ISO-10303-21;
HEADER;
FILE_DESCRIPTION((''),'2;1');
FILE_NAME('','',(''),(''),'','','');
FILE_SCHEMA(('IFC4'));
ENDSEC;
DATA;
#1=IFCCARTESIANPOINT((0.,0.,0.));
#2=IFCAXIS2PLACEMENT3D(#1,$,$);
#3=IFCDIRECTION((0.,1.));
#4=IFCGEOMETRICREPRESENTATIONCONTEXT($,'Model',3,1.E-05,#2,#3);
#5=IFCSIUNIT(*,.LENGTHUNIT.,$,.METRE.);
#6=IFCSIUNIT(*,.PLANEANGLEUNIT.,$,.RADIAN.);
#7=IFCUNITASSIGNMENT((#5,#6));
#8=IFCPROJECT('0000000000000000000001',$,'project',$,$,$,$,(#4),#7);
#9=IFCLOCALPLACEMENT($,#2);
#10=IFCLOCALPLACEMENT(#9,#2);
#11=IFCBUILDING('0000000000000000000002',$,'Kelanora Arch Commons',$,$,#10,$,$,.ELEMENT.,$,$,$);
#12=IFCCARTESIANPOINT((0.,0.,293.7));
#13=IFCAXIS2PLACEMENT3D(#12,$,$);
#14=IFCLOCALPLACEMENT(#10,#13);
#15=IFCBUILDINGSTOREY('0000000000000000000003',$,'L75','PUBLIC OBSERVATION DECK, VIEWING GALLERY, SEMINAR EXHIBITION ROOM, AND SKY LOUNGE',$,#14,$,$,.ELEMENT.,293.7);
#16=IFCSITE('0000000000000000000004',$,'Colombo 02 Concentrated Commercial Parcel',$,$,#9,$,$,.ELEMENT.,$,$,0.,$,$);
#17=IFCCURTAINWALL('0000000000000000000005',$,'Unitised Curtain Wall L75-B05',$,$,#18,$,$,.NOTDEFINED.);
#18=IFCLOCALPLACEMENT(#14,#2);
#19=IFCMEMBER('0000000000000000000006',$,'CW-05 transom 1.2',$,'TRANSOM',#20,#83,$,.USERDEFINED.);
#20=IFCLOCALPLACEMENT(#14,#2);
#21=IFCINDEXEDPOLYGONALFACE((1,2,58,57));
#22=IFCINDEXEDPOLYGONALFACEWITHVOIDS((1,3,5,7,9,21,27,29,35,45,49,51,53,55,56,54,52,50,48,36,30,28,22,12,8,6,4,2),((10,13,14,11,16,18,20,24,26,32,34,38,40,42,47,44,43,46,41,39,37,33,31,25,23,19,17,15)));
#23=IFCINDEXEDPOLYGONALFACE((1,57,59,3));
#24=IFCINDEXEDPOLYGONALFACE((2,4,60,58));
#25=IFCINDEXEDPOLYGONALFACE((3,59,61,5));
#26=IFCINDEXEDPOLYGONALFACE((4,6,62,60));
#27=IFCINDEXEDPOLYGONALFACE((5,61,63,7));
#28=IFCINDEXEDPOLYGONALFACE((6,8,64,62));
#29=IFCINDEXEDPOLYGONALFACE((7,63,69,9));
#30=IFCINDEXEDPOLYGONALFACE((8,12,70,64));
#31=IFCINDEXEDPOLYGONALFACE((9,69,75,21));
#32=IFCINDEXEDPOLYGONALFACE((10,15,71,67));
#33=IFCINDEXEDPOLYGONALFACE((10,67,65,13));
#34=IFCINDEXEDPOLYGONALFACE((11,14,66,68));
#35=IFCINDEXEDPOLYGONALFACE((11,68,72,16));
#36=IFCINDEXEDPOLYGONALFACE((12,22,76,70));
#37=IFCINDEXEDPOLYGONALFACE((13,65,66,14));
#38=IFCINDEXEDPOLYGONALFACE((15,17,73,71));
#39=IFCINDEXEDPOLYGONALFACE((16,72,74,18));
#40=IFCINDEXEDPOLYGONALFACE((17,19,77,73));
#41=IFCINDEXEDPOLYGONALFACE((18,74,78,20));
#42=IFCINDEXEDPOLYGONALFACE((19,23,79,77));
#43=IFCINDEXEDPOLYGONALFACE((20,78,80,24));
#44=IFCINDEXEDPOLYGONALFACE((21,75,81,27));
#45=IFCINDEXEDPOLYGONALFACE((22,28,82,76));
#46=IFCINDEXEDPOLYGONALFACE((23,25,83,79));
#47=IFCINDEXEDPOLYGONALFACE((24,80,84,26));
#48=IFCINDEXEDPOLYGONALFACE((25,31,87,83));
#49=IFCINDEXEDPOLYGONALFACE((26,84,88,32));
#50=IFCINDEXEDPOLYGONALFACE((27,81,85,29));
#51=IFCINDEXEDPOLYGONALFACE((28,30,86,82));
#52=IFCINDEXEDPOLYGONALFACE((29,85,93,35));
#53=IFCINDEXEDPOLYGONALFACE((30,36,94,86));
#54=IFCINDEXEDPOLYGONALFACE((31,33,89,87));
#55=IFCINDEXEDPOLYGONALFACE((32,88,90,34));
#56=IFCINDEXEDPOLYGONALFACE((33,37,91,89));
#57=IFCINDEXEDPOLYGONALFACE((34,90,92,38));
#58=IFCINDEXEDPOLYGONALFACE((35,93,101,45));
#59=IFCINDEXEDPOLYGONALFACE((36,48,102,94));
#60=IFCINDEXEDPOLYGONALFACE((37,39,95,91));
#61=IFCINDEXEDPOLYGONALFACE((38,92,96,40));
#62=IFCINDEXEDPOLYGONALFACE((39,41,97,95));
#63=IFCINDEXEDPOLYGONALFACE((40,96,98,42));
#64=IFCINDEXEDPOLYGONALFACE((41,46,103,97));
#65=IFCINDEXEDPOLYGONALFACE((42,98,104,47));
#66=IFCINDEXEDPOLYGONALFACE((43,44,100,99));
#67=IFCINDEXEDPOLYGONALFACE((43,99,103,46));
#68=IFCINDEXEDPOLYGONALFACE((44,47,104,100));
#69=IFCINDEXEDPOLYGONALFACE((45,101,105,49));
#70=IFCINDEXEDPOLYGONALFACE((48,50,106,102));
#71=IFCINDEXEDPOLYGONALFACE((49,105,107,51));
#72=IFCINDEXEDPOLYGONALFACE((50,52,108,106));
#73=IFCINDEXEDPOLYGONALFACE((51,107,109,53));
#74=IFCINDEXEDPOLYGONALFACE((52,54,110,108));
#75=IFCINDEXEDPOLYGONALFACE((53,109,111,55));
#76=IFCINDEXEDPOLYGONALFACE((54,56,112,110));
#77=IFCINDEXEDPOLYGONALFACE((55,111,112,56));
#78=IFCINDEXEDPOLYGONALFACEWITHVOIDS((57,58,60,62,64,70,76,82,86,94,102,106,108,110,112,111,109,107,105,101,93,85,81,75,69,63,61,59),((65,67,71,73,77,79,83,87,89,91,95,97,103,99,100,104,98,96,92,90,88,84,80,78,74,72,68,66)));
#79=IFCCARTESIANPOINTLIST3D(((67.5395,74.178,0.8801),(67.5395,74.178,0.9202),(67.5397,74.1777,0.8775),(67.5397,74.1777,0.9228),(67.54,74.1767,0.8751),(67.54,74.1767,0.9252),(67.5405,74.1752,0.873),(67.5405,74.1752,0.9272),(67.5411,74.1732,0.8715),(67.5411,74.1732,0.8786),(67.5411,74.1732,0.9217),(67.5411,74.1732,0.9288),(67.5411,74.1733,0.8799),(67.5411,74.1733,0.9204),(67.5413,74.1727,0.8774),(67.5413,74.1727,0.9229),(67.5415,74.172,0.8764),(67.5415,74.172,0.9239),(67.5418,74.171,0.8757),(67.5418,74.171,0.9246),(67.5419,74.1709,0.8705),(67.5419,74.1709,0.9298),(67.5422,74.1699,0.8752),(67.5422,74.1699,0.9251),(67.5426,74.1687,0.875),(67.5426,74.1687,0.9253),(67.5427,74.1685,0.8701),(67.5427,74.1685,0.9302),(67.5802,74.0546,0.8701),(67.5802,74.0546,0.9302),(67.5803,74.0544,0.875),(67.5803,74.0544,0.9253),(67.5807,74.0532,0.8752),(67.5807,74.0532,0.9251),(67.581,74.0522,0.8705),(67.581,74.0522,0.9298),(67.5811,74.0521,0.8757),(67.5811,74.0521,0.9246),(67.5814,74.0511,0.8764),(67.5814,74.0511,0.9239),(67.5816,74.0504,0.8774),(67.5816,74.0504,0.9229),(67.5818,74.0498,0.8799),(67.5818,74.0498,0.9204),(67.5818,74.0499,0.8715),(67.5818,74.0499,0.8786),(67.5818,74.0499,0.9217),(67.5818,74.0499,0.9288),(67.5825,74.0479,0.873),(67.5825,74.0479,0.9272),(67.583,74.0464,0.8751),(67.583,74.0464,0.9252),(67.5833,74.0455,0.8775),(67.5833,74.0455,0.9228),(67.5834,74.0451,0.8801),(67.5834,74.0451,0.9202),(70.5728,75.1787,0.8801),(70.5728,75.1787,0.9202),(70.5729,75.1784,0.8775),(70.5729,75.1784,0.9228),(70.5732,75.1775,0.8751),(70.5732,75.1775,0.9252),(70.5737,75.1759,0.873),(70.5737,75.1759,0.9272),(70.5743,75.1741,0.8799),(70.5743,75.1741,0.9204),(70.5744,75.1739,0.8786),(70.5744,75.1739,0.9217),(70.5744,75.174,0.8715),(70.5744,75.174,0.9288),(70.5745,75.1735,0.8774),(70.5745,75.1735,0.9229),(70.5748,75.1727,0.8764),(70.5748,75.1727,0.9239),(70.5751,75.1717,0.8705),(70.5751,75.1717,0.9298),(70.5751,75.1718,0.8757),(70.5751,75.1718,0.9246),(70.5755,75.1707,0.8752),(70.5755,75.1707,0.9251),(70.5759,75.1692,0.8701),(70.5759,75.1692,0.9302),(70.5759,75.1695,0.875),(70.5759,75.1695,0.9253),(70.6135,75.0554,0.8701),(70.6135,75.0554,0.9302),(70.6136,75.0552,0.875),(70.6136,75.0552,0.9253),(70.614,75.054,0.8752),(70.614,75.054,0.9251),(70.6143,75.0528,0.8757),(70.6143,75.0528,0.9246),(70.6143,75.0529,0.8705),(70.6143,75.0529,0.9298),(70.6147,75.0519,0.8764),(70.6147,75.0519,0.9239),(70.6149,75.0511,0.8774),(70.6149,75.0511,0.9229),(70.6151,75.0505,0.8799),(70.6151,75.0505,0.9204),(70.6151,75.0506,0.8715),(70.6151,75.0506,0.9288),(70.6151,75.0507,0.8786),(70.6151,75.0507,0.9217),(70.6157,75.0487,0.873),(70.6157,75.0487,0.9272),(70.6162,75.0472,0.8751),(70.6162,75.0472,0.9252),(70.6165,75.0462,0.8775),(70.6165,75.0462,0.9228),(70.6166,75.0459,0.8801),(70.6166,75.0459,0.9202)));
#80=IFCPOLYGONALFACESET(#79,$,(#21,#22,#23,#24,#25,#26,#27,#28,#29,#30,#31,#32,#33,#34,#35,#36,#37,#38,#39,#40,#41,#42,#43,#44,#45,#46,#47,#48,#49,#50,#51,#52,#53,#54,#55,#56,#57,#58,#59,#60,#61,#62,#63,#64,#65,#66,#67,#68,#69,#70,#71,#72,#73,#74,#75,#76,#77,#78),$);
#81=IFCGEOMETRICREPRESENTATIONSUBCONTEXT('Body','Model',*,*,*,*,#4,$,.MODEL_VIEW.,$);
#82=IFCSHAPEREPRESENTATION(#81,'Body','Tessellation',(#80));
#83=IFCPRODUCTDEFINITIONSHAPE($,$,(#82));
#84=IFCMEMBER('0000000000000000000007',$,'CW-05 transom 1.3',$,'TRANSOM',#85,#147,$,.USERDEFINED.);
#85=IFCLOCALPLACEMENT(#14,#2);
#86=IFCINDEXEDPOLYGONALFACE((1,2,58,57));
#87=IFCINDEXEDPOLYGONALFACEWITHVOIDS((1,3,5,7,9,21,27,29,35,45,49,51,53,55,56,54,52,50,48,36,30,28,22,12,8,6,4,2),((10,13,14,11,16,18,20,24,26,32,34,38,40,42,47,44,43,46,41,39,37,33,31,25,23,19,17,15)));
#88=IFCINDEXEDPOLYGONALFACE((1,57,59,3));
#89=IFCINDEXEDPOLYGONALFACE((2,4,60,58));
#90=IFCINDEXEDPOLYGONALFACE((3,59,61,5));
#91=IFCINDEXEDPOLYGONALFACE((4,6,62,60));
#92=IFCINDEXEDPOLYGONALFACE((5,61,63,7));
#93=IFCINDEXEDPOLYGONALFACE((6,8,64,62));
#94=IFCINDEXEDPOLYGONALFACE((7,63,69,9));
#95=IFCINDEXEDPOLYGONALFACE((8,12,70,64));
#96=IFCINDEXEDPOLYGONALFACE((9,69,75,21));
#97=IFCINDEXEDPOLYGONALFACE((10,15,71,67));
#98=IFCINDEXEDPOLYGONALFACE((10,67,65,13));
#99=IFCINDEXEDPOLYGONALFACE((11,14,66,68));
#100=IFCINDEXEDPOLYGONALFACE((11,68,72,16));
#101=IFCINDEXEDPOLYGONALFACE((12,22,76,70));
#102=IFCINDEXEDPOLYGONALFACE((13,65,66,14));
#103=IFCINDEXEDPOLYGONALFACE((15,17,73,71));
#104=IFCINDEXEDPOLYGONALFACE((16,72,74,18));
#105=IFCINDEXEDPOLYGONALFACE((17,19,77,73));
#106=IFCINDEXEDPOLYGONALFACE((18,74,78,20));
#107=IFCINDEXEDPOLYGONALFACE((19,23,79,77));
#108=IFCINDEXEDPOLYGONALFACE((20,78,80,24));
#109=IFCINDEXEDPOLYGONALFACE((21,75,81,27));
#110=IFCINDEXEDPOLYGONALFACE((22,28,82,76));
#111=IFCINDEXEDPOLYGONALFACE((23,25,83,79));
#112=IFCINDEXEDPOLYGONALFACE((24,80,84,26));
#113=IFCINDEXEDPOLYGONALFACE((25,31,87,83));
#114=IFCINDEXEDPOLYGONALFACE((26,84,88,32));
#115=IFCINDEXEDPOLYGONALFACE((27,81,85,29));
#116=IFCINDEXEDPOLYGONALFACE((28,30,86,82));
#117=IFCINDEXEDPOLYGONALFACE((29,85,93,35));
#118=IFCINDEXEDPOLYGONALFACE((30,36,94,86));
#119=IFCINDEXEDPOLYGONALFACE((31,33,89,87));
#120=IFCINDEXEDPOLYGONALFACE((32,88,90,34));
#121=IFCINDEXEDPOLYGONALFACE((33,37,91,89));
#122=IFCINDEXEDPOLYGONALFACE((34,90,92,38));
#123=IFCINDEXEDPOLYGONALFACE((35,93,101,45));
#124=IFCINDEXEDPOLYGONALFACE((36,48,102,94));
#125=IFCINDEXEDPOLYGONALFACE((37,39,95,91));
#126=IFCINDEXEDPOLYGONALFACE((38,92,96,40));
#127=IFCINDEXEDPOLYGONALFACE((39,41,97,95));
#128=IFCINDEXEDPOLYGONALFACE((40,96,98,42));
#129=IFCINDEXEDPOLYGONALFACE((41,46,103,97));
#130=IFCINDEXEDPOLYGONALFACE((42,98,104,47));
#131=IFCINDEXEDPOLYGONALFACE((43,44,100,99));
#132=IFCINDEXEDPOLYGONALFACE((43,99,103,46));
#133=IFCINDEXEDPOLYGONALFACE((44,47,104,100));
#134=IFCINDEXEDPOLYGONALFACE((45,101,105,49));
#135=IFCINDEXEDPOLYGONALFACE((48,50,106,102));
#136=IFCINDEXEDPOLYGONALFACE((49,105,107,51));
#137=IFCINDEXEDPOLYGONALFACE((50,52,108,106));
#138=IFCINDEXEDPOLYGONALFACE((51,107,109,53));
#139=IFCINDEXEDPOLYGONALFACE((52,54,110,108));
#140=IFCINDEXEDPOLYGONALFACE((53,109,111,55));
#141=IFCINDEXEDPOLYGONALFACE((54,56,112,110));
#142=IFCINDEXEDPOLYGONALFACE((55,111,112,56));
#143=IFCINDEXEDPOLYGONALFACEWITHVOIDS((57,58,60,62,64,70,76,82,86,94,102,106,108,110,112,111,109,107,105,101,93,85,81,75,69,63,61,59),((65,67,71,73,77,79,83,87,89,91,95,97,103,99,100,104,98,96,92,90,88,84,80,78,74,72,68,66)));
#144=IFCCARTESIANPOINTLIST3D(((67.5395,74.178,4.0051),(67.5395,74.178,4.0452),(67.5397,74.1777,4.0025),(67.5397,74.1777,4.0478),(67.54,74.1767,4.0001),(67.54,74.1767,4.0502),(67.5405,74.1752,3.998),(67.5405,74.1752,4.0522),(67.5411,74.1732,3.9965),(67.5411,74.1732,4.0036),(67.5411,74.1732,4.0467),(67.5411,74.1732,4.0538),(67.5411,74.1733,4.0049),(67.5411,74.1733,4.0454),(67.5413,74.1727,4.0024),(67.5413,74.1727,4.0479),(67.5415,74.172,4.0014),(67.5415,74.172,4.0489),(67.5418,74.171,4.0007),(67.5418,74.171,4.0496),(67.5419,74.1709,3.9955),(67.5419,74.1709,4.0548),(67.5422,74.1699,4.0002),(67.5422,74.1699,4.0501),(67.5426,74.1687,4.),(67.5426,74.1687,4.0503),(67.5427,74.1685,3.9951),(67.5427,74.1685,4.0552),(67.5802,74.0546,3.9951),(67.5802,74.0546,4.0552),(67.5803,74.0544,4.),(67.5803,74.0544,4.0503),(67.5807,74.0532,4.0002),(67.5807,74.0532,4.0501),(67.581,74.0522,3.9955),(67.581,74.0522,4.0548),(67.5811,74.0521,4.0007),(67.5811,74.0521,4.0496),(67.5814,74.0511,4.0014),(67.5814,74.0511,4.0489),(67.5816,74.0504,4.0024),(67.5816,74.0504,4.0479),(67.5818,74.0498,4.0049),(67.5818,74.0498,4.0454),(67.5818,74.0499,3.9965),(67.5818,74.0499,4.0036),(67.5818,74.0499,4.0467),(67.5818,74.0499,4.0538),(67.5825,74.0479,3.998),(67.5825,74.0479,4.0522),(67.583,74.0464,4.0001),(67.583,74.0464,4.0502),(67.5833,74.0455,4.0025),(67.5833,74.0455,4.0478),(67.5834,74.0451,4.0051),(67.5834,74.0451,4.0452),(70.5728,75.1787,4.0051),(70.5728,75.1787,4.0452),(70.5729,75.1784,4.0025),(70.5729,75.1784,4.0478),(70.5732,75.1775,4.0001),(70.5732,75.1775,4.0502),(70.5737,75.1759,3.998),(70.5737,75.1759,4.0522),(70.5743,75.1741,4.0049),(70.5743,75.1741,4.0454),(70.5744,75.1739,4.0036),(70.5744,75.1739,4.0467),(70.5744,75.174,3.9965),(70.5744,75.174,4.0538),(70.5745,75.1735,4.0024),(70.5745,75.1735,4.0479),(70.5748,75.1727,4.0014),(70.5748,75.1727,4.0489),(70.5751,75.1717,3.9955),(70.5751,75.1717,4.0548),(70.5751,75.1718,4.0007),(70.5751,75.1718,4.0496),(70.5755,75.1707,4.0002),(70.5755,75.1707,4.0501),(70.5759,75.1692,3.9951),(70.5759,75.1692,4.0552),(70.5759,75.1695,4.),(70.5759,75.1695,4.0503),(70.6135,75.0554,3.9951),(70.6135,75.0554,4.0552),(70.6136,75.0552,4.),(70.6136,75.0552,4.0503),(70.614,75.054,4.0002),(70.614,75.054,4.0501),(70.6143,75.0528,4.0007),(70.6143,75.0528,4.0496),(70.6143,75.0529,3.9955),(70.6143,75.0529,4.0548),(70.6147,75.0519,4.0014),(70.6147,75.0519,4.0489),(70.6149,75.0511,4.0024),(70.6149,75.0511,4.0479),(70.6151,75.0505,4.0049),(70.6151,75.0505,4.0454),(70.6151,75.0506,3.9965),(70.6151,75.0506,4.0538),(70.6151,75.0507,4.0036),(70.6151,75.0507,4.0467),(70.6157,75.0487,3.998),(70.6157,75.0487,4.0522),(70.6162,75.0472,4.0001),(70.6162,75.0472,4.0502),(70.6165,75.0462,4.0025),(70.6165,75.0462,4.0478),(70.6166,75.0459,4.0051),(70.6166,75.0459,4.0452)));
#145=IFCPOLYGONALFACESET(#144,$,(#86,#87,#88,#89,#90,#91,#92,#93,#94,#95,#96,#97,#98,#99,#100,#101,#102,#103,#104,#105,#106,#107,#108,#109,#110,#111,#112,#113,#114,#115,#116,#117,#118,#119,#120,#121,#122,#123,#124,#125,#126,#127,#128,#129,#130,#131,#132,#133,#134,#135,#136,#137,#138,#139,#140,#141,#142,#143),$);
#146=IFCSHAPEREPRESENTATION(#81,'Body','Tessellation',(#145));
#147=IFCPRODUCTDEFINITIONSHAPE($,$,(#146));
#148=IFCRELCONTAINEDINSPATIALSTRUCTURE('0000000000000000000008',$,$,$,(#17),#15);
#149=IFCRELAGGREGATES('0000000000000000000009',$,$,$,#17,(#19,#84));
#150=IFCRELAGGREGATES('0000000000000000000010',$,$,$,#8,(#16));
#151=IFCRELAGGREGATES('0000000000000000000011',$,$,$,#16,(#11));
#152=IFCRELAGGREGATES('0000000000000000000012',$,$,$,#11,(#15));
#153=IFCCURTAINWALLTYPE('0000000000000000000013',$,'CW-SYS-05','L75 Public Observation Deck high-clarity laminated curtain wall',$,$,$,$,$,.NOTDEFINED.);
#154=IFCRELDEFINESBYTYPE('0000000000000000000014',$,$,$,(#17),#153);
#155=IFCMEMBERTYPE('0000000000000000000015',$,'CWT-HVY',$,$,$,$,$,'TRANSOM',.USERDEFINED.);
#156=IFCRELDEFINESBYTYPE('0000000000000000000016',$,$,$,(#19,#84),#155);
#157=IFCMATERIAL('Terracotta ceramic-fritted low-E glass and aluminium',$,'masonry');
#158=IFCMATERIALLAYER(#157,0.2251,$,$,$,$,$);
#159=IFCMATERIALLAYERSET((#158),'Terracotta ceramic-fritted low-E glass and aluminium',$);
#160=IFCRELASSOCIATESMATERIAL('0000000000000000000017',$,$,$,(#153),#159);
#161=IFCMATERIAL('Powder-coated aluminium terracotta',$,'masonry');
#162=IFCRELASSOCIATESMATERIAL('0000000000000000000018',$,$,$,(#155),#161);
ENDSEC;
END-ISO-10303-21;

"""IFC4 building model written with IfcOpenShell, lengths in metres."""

from ifc_helpers import new_model, si_unit, direction, frame, origin, origin_2d, place, context, subcontext, project, spatial, hollow_rectangle, extrude, material, layer, layer_set, material_profile, profile_set, type_object, element, aggregate, save


model = new_model("IFC4")

# Units and contexts
model_context = context("Model", 3, precision=1e-05, world=origin(), true_north=direction((0.0, 1.0)))
body_context = subcontext(model_context, "Body", "Model", "MODEL_VIEW")
ifc_project = project(units=[si_unit("LENGTHUNIT", "METRE"), si_unit("PLANEANGLEUNIT", "RADIAN")], contexts=[model_context])

# Site, building, storey
site_placement = place(None, origin())
site = spatial("IfcSite", under=ifc_project, at=site_placement, Name="Colombo 02 Concentrated Commercial Parcel", CompositionType="ELEMENT", RefElevation=0.0)
building_placement = place(site_placement, origin())
building = spatial("IfcBuilding", under=site, at=building_placement, Name="Kelanora Arch Commons", CompositionType="ELEMENT")
storey_placement = place(building_placement, frame((0.0, 0.0, 293.7)))
storey = spatial("IfcBuildingStorey", under=building, at=storey_placement, Name="L75", Description="PUBLIC OBSERVATION DECK, VIEWING GALLERY, SEMINAR EXHIBITION ROOM, AND SKY LOUNGE", CompositionType="ELEMENT", Elevation=293.7)

# Shared definitions
ifc_material_1 = material(Name="Terracotta ceramic-fritted low-E glass and aluminium", Category="masonry")
ifc_layer_1 = layer(ifc_material_1, 0.2251)
ifc_layer_set_1 = layer_set([ifc_layer_1], Name="Terracotta ceramic-fritted low-E glass and aluminium")
curtain_wall_type = type_object("IfcCurtainWallType", Name="CW-SYS-05", Description="L75 Public Observation Deck high-clarity laminated curtain wall", PredefinedType="NOTDEFINED", material=ifc_layer_set_1)
ifc_material_2 = material(Name="Powder-coated aluminium terracotta", Category="masonry")

# Curtain wall
curtain_wall_1_placement = place(storey_placement, origin())
curtain_wall_1 = element("IfcCurtainWall", 1, at=curtain_wall_1_placement, inside=storey, type_object=curtain_wall_type, Name="Unitised Curtain Wall L75-B05", PredefinedType="NOTDEFINED")

# Members
ifc_material_profile_1 = material_profile(ifc_material_2, hollow_rectangle(XDim=0.1399, YDim=0.0601, WallThickness=0.0049, InnerFilletRadius=0.0049, OuterFilletRadius=0.01, at=origin_2d()), Name="CWT140x60")
ifc_profile_set_1 = profile_set([ifc_material_profile_1], Name="Powder-coated aluminium terracotta")
member_type_1 = type_object("IfcMemberType", Name="CWT-HVY", ElementType="TRANSOM", PredefinedType="USERDEFINED", material=ifc_profile_set_1)
member_1_placement = place(storey_placement, frame((70.5947, 75.1123, 0.9001), z_axis=(-0.94965, -0.313314, 0.0), x_axis=(0.313314, -0.94965, 0.0)))
member_1 = element("IfcMember", 2, at=member_1_placement, type_object=member_type_1, Name="CW-05 transom 1.2", ObjectType="TRANSOM", PredefinedType="USERDEFINED", context=body_context, shape_type="SweptSolid", body=[
    extrude(hollow_rectangle(XDim=0.1399, YDim=0.0601, WallThickness=0.0049, InnerFilletRadius=0.0049, OuterFilletRadius=0.01, at=origin_2d()), origin(), (0.0, 0.0, 1.0), 3.1941),
])
member_2_placement = place(storey_placement, frame((70.5947, 75.1123, 4.0251), z_axis=(-0.94965, -0.313314, 0.0), x_axis=(0.313314, -0.94965, 0.0)))
member_2 = element("IfcMember", 3, at=member_2_placement, type_object=member_type_1, Name="CW-05 transom 1.3", ObjectType="TRANSOM", PredefinedType="USERDEFINED", context=body_context, shape_type="SweptSolid", body=[
    extrude(hollow_rectangle(XDim=0.1399, YDim=0.0601, WallThickness=0.0049, InnerFilletRadius=0.0049, OuterFilletRadius=0.01, at=origin_2d()), origin(), (0.0, 0.0, 1.0), 3.1941),
])

aggregate(curtain_wall_1, [member_1, member_2])

save(model, "model.ifc")
